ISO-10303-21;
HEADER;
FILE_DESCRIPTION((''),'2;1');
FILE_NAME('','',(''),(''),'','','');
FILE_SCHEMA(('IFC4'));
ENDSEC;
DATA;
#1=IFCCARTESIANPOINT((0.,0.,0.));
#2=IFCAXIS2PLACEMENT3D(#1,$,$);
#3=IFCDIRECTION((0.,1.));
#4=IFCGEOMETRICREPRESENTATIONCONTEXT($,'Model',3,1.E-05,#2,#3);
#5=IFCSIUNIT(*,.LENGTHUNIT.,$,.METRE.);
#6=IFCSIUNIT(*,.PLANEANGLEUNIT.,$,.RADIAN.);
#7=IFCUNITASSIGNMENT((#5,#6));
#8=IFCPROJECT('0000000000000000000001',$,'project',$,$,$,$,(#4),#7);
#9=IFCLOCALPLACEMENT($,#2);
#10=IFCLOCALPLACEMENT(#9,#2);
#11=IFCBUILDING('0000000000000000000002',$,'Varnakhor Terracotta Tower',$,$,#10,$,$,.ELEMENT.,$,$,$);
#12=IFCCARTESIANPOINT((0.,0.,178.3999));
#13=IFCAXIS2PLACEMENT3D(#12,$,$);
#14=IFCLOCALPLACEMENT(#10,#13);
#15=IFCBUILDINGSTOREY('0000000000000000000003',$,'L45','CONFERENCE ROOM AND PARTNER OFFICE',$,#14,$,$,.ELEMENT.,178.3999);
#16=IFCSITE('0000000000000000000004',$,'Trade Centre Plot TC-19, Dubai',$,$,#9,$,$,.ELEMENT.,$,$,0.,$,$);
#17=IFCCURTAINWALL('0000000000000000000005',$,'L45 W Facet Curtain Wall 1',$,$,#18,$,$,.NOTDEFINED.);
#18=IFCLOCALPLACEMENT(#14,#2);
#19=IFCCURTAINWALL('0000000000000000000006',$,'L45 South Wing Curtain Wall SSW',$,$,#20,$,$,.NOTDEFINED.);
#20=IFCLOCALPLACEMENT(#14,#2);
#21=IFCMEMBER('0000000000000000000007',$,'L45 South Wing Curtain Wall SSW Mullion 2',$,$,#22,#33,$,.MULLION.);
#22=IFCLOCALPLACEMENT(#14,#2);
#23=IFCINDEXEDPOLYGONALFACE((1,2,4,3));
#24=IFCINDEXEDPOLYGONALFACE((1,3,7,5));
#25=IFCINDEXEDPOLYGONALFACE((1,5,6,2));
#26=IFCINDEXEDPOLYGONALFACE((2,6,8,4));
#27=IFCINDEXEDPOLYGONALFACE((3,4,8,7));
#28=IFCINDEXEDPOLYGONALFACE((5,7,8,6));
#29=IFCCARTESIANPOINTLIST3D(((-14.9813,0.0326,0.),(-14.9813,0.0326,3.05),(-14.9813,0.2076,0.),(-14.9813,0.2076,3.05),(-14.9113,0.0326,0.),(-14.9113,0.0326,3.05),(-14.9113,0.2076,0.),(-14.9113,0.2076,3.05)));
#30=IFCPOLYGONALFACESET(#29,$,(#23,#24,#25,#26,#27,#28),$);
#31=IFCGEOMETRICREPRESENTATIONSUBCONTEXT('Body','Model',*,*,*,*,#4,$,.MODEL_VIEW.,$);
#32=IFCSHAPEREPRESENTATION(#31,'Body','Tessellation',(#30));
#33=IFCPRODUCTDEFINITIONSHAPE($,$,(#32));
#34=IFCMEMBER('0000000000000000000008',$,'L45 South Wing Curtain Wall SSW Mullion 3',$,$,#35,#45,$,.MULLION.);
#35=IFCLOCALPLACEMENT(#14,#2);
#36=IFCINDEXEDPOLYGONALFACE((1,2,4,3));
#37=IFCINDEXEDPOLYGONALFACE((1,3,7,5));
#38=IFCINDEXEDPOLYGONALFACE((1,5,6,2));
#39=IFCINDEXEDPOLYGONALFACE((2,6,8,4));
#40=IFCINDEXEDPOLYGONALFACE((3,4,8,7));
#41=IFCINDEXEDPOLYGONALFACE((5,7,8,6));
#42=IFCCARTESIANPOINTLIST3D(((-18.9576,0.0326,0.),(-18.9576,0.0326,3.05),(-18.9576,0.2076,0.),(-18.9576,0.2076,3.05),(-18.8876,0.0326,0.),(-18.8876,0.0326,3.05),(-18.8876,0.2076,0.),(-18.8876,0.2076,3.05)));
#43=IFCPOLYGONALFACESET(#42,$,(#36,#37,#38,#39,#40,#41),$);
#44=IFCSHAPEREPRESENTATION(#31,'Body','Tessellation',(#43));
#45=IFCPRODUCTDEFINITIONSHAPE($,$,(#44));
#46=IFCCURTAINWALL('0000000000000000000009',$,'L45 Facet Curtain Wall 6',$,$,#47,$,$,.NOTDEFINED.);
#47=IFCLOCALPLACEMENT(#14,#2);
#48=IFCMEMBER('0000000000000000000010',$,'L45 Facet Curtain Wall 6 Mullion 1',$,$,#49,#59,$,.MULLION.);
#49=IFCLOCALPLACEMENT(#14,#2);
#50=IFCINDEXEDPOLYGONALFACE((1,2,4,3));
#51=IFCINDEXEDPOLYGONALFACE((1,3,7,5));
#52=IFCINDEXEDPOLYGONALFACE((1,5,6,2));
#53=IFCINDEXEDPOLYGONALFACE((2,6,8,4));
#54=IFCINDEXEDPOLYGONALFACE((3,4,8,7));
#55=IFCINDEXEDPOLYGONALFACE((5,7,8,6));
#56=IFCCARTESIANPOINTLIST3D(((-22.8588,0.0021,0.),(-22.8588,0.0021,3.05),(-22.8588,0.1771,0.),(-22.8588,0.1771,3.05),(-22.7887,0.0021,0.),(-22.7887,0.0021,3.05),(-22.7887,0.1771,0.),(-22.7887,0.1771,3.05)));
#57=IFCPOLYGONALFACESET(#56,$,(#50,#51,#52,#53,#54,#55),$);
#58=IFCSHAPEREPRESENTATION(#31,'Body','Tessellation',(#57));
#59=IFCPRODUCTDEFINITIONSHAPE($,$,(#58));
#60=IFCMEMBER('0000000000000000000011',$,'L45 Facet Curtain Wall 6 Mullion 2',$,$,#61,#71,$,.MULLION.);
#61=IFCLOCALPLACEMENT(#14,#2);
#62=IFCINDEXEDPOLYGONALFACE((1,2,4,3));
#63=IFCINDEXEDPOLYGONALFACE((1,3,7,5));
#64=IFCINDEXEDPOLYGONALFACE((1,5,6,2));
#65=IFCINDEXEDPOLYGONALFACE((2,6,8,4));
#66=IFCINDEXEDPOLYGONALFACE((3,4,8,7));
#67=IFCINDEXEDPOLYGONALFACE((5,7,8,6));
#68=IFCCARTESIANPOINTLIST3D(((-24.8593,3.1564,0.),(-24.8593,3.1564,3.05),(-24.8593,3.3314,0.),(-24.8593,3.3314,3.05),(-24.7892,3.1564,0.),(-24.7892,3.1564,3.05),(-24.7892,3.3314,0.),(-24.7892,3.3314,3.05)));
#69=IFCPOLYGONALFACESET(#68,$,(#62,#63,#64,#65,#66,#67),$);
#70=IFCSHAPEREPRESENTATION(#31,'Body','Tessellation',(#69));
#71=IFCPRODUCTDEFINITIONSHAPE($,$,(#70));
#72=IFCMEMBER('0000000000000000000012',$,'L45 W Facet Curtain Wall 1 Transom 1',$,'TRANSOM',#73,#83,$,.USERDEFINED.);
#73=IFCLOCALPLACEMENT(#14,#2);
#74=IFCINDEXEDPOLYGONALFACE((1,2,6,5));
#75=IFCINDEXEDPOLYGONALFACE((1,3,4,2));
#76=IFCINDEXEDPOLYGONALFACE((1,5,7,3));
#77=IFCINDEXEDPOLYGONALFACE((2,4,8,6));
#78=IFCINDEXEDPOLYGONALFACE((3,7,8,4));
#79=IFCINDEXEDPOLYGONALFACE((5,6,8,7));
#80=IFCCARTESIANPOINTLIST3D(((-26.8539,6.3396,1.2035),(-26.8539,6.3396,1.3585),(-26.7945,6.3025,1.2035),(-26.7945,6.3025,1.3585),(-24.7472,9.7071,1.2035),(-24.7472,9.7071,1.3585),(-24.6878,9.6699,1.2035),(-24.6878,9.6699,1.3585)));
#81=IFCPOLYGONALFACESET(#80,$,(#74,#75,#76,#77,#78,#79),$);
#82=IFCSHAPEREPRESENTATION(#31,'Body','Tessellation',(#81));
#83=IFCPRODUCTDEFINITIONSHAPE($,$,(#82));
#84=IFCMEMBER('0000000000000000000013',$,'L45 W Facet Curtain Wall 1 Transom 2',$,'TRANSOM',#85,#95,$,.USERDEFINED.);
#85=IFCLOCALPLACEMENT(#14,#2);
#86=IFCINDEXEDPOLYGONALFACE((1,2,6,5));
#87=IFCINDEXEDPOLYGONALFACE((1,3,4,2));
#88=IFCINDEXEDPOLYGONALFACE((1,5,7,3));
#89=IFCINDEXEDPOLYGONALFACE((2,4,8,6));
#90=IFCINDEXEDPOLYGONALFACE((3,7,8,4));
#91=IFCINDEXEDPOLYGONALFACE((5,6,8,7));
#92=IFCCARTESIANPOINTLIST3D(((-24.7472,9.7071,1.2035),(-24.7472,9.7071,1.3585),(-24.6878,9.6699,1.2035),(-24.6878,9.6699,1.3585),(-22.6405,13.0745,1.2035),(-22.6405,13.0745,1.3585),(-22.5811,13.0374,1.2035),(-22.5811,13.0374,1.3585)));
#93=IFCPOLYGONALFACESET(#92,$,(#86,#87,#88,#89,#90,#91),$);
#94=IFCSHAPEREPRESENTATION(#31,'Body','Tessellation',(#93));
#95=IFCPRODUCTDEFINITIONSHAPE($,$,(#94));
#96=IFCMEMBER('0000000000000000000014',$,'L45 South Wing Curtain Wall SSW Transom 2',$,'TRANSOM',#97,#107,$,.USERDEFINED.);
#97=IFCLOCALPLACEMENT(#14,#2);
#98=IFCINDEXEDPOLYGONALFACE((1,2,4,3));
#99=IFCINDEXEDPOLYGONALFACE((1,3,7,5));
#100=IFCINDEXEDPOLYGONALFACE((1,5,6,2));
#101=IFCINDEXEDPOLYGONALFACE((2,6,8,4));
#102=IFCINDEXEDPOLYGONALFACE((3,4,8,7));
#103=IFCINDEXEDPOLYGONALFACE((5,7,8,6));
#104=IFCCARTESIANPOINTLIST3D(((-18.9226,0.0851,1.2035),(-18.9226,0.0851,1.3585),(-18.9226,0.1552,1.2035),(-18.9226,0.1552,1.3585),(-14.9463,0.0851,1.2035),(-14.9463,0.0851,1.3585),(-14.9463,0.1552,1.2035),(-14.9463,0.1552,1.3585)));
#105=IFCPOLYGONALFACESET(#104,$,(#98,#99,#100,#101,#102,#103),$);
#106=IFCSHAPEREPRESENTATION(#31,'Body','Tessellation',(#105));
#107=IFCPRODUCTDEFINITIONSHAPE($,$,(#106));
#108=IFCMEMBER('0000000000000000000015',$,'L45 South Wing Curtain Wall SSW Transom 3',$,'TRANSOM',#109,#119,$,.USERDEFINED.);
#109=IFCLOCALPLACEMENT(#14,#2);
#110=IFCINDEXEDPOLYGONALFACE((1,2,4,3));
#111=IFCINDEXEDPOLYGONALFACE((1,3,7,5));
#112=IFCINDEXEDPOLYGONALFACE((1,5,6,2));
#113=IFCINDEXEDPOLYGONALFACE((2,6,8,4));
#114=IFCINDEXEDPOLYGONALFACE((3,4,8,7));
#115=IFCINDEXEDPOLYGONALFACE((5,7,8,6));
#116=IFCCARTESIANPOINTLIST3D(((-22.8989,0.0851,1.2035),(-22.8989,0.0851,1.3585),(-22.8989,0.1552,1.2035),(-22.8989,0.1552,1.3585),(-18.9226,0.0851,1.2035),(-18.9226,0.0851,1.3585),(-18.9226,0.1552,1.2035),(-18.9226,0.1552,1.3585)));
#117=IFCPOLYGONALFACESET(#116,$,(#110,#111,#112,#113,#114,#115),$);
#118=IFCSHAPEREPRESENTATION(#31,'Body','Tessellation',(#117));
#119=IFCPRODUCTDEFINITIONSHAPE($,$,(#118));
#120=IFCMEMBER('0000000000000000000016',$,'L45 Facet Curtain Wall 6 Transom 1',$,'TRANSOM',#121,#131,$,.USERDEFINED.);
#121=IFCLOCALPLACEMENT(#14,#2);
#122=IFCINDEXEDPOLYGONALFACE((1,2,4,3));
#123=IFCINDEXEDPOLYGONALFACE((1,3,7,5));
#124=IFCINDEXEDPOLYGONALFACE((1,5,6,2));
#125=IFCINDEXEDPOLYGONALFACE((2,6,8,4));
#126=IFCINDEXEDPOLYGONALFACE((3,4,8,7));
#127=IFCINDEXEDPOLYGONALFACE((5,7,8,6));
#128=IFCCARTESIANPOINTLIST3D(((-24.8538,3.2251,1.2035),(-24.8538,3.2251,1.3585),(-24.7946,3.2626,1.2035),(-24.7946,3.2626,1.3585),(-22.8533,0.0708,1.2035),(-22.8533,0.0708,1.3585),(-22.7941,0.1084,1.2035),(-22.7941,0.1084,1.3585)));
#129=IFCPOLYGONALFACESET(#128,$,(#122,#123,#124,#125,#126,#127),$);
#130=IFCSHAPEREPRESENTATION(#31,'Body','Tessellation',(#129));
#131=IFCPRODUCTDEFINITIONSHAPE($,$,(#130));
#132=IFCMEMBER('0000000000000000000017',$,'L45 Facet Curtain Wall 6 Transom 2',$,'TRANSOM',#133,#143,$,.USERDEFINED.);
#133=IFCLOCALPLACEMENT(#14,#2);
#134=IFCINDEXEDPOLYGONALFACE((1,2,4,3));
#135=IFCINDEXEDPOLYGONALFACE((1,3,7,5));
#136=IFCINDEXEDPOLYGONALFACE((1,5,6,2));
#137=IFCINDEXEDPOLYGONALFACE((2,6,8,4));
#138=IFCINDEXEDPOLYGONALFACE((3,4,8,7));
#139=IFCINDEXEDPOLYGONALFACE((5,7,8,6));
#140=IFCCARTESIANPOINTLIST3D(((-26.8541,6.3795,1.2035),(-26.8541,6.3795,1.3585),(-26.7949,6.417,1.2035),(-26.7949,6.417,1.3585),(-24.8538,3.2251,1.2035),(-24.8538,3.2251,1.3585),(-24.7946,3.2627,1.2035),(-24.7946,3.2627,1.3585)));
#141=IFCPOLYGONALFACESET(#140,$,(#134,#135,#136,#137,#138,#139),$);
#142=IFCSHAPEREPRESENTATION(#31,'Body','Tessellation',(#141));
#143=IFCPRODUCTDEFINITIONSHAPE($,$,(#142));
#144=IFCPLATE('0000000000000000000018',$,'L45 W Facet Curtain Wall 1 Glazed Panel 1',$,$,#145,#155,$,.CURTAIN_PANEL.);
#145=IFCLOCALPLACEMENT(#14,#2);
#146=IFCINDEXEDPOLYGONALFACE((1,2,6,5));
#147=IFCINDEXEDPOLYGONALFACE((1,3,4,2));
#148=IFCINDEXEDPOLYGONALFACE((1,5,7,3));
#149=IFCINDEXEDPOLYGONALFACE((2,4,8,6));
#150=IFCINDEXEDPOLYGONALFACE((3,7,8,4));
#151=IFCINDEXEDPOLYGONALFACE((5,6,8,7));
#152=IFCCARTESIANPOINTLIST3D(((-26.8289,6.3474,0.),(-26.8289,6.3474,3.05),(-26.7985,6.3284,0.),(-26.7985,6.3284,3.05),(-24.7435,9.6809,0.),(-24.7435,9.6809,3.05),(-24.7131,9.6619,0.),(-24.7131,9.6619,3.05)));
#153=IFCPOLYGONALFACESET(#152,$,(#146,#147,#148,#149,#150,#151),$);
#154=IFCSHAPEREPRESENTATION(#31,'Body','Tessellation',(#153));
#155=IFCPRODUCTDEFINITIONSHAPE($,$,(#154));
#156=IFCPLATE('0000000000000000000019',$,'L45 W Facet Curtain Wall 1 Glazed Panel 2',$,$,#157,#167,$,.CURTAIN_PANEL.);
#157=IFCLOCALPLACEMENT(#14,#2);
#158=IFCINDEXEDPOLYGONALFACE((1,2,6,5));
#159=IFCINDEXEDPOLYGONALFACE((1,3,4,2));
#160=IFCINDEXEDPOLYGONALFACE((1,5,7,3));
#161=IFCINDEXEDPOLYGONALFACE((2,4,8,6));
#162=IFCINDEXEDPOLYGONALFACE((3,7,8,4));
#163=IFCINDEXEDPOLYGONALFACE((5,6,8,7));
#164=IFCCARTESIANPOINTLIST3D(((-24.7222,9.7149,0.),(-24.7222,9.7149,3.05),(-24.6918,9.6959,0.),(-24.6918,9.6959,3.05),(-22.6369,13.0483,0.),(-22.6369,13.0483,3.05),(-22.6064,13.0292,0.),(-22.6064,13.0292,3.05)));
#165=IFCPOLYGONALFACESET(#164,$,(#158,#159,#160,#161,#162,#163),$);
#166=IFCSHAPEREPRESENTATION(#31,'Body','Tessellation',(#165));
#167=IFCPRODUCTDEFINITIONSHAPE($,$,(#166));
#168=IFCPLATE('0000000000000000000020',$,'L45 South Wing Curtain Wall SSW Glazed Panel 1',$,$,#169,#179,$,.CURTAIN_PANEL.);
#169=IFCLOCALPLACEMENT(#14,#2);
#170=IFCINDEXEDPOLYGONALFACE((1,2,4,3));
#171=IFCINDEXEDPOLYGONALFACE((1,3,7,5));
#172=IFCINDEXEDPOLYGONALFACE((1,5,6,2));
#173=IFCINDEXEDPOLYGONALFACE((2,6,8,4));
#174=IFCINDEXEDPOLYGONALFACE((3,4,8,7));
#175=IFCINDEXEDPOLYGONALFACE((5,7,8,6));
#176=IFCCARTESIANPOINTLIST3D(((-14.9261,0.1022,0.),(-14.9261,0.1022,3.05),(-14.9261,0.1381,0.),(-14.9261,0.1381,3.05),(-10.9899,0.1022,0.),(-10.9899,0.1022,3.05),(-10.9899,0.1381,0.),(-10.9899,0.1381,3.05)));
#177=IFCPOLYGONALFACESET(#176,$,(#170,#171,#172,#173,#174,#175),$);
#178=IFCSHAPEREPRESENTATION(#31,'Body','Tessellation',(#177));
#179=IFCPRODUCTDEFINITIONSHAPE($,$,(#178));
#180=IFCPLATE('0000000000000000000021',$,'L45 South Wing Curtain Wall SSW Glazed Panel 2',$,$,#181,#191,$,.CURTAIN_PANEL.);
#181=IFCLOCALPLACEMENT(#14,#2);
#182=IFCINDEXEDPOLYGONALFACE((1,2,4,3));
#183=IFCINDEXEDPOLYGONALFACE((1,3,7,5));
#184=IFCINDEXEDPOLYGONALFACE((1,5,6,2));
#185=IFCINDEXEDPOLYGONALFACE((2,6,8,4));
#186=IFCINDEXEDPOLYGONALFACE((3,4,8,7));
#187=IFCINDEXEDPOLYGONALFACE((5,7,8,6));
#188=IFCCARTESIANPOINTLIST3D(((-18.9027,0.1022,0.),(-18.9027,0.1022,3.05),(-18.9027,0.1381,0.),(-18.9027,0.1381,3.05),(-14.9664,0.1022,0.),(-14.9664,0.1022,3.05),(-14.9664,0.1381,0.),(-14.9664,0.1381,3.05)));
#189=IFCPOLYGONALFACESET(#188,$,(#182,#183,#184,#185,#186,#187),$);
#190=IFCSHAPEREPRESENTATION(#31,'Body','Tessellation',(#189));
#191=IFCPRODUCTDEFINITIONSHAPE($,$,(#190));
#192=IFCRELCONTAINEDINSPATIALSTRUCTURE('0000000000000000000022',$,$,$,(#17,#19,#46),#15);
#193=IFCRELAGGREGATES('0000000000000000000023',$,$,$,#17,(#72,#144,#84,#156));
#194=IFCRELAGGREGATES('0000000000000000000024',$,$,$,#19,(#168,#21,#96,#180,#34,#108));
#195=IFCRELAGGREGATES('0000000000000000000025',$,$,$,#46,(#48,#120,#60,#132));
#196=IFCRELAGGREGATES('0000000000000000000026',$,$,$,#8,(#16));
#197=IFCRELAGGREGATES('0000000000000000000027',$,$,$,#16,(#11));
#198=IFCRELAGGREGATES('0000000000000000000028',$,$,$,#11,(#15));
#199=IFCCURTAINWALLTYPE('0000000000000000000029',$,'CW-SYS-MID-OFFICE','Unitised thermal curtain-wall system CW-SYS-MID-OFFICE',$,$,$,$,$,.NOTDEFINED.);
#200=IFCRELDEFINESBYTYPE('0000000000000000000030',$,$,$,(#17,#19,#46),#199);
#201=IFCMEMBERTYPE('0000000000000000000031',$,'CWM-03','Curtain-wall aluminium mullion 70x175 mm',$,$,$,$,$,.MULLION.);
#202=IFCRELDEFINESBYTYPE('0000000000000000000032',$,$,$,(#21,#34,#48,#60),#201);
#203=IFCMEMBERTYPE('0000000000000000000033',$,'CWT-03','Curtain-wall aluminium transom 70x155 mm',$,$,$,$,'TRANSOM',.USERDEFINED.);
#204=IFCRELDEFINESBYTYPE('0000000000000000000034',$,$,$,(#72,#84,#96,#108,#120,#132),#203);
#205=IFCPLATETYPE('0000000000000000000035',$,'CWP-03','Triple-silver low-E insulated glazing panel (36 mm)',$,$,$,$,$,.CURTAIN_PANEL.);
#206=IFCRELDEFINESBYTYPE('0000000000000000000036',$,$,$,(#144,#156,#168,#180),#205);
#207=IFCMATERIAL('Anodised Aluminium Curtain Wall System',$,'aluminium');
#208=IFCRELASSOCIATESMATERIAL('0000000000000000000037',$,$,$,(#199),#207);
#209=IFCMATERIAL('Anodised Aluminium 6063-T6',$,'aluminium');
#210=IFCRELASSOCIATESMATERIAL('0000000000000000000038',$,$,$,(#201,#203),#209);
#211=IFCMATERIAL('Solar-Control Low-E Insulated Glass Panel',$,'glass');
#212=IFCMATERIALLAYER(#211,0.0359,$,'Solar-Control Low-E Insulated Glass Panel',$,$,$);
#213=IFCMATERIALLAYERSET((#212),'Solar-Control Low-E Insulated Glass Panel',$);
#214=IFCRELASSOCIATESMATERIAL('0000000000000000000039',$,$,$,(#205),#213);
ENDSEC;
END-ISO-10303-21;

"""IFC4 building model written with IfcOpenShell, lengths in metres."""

from ifc_helpers import new_model, si_unit, direction, frame, origin, origin_2d, place, context, subcontext, project, spatial, rectangle, extrude, source, transform, mapped, material, layer, layer_set, material_profile, profile_set, type_object, element, aggregate, save


model = new_model("IFC4")

# Units and contexts
model_context = context("Model", 3, precision=1e-05, world=origin(), true_north=direction((0.0, 1.0)))
body_context = subcontext(model_context, "Body", "Model", "MODEL_VIEW")
ifc_project = project(units=[si_unit("LENGTHUNIT", "METRE"), si_unit("PLANEANGLEUNIT", "RADIAN")], contexts=[model_context])

# Site, building, storey
site_placement = place(None, origin())
site = spatial("IfcSite", under=ifc_project, at=site_placement, Name="Trade Centre Plot TC-19, Dubai", CompositionType="ELEMENT", RefElevation=0.0)
building_placement = place(site_placement, origin())
building = spatial("IfcBuilding", under=site, at=building_placement, Name="Varnakhor Terracotta Tower", CompositionType="ELEMENT")
storey_placement = place(building_placement, frame((0.0, 0.0, 178.3999)))
storey = spatial("IfcBuildingStorey", under=building, at=storey_placement, Name="L45", Description="CONFERENCE ROOM AND PARTNER OFFICE", CompositionType="ELEMENT", Elevation=178.3999)

# Curtain walls, members
ifc_material_1 = material(Name="Anodised Aluminium Curtain Wall System", Category="aluminium")
curtain_wall_type = type_object("IfcCurtainWallType", Name="CW-SYS-MID-OFFICE", Description="Unitised thermal curtain-wall system CW-SYS-MID-OFFICE", PredefinedType="NOTDEFINED", material=ifc_material_1)
curtain_wall_1_placement = place(storey_placement, origin())
curtain_wall_1 = element("IfcCurtainWall", 1, at=curtain_wall_1_placement, inside=storey, type_object=curtain_wall_type, Name="L45 W Facet Curtain Wall 1", PredefinedType="NOTDEFINED")
ifc_material_2 = material(Name="Anodised Aluminium 6063-T6", Category="aluminium")
ifc_material_profile_1 = material_profile(ifc_material_2, rectangle(XDim=0.0701, YDim=0.175, at=origin_2d()), Name="ALU MULLION 70x175")
ifc_profile_set_1 = profile_set([ifc_material_profile_1], Name="Anodised Aluminium 6063-T6")
member_type_1 = type_object("IfcMemberType", Name="CWM-03", Description="Curtain-wall aluminium mullion 70x175 mm", PredefinedType="MULLION", material=ifc_profile_set_1)
shared_shape_1 = source(origin(), body_context, "Body", "SweptSolid", [
    extrude(rectangle(XDim=0.0701, YDim=0.175, at=origin_2d()), origin(), (0.0, 0.0, 1.0), 3.05),
])
curtain_wall_2_placement = place(storey_placement, origin())
curtain_wall_2 = element("IfcCurtainWall", 2, at=curtain_wall_2_placement, inside=storey, type_object=curtain_wall_type, Name="L45 South Wing Curtain Wall SSW", PredefinedType="NOTDEFINED")
member_1_placement = place(storey_placement, frame((-14.9463, 0.1201, 0.0), z_axis=(0.0, 0.0, 1.0), x_axis=(1.0, 0.0, 0.0)))
member_1 = element("IfcMember", 3, at=member_1_placement, type_object=member_type_1, Name="L45 South Wing Curtain Wall SSW Mullion 2", PredefinedType="MULLION", context=body_context, shape_type="MappedRepresentation", body=[
    mapped(shared_shape_1, transform((0.0, 0.0, 0.0), scale=1.0)),
])
member_2_placement = place(storey_placement, frame((-18.9226, 0.1201, 0.0), z_axis=(0.0, 0.0, 1.0), x_axis=(1.0, 0.0, 0.0)))
member_2 = element("IfcMember", 4, at=member_2_placement, type_object=member_type_1, Name="L45 South Wing Curtain Wall SSW Mullion 3", PredefinedType="MULLION", context=body_context, shape_type="MappedRepresentation", body=[
    mapped(shared_shape_1, transform((0.0, 0.0, 0.0), scale=1.0)),
])
curtain_wall_3_placement = place(storey_placement, origin())
curtain_wall_3 = element("IfcCurtainWall", 5, at=curtain_wall_3_placement, inside=storey, type_object=curtain_wall_type, Name="L45 Facet Curtain Wall 6", PredefinedType="NOTDEFINED")
member_3_placement = place(storey_placement, frame((-22.8237, 0.0896, 0.0), z_axis=(0.0, 0.0, 1.0), x_axis=(1.0, 0.0, 0.0)))
member_3 = element("IfcMember", 6, at=member_3_placement, type_object=member_type_1, Name="L45 Facet Curtain Wall 6 Mullion 1", PredefinedType="MULLION", context=body_context, shape_type="MappedRepresentation", body=[
    mapped(shared_shape_1, transform((0.0, 0.0, 0.0), scale=1.0)),
])
member_4_placement = place(storey_placement, frame((-24.8242, 3.2439, 0.0), z_axis=(0.0, 0.0, 1.0), x_axis=(1.0, 0.0, 0.0)))
member_4 = element("IfcMember", 7, at=member_4_placement, type_object=member_type_1, Name="L45 Facet Curtain Wall 6 Mullion 2", PredefinedType="MULLION", context=body_context, shape_type="MappedRepresentation", body=[
    mapped(shared_shape_1, transform((0.0, 0.0, 0.0), scale=1.0)),
])

# Members
ifc_material_profile_2 = material_profile(ifc_material_2, rectangle(XDim=0.0701, YDim=0.155, at=origin_2d()), Name="ALU TRANSOM 70x155")
ifc_profile_set_2 = profile_set([ifc_material_profile_2], Name="Anodised Aluminium 6063-T6")
member_type_2 = type_object("IfcMemberType", Name="CWT-03", Description="Curtain-wall aluminium transom 70x155 mm", ElementType="TRANSOM", PredefinedType="USERDEFINED", material=ifc_profile_set_2)
shared_shape_2 = source(origin(), body_context, "Body", "SweptSolid", [
    extrude(rectangle(XDim=0.0701, YDim=0.155, at=origin_2d()), origin(), (0.0, 0.0, 1.0), 3.9722),
])
member_5_placement = place(storey_placement, frame((-26.8242, 6.321, 1.281), z_axis=(0.530369, 0.847767, 0.0), x_axis=(-0.847767, 0.530369, 0.0)))
member_5 = element("IfcMember", 8, at=member_5_placement, type_object=member_type_2, Name="L45 W Facet Curtain Wall 1 Transom 1", ObjectType="TRANSOM", PredefinedType="USERDEFINED", context=body_context, shape_type="MappedRepresentation", body=[
    mapped(shared_shape_2, transform((0.0, 0.0, 0.0), scale=1.0)),
])
member_6_placement = place(storey_placement, frame((-24.7175, 9.6885, 1.281), z_axis=(0.530369, 0.847767, 0.0), x_axis=(-0.847767, 0.530369, 0.0)))
member_6 = element("IfcMember", 9, at=member_6_placement, type_object=member_type_2, Name="L45 W Facet Curtain Wall 1 Transom 2", ObjectType="TRANSOM", PredefinedType="USERDEFINED", context=body_context, shape_type="MappedRepresentation", body=[
    mapped(shared_shape_2, transform((0.0, 0.0, 0.0), scale=1.0)),
])
shared_shape_3 = source(origin(), body_context, "Body", "SweptSolid", [
    extrude(rectangle(XDim=0.0701, YDim=0.155, at=origin_2d()), origin(), (0.0, 0.0, 1.0), 3.9763),
])
member_7_placement = place(storey_placement, frame((-14.9463, 0.1201, 1.281), z_axis=(-1.0, 0.0, 0.0), x_axis=(0.0, -1.0, 0.0)))
member_7 = element("IfcMember", 10, at=member_7_placement, type_object=member_type_2, Name="L45 South Wing Curtain Wall SSW Transom 2", ObjectType="TRANSOM", PredefinedType="USERDEFINED", context=body_context, shape_type="MappedRepresentation", body=[
    mapped(shared_shape_3, transform((0.0, 0.0, 0.0), scale=1.0)),
])
member_8_placement = place(storey_placement, frame((-18.9226, 0.1201, 1.281), z_axis=(-1.0, 0.0, 0.0), x_axis=(0.0, -1.0, 0.0)))
member_8 = element("IfcMember", 11, at=member_8_placement, type_object=member_type_2, Name="L45 South Wing Curtain Wall SSW Transom 3", ObjectType="TRANSOM", PredefinedType="USERDEFINED", context=body_context, shape_type="MappedRepresentation", body=[
    mapped(shared_shape_3, transform((0.0, 0.0, 0.0), scale=1.0)),
])
shared_shape_4 = source(origin(), body_context, "Body", "SweptSolid", [
    extrude(rectangle(XDim=0.0701, YDim=0.155, at=origin_2d()), origin(), (0.0, 0.0, 1.0), 3.7351),
])
member_9_placement = place(storey_placement, frame((-22.8237, 0.0896, 1.281), z_axis=(-0.535581, 0.844484, 0.0), x_axis=(-0.844484, -0.535581, 0.0)))
member_9 = element("IfcMember", 12, at=member_9_placement, type_object=member_type_2, Name="L45 Facet Curtain Wall 6 Transom 1", ObjectType="TRANSOM", PredefinedType="USERDEFINED", context=body_context, shape_type="MappedRepresentation", body=[
    mapped(shared_shape_4, transform((0.0, 0.0, 0.0), scale=1.0)),
])
member_10_placement = place(storey_placement, frame((-24.8242, 3.2439, 1.281), z_axis=(-0.535534, 0.844514, 0.0), x_axis=(-0.844514, -0.535534, 0.0)))
member_10 = element("IfcMember", 13, at=member_10_placement, type_object=member_type_2, Name="L45 Facet Curtain Wall 6 Transom 2", ObjectType="TRANSOM", PredefinedType="USERDEFINED", context=body_context, shape_type="MappedRepresentation", body=[
    mapped(shared_shape_4, transform((0.0, 0.0, 0.0), scale=1.0)),
])

# Plates
ifc_material_3 = material(Name="Solar-Control Low-E Insulated Glass Panel", Category="glass")
ifc_layer_1 = layer(ifc_material_3, 0.0359, Name="Solar-Control Low-E Insulated Glass Panel")
ifc_layer_set_1 = layer_set([ifc_layer_1], Name="Solar-Control Low-E Insulated Glass Panel")
plate_type = type_object("IfcPlateType", Name="CWP-03", Description="Triple-silver low-E insulated glazing panel (36 mm)", PredefinedType="CURTAIN_PANEL", material=ifc_layer_set_1)
shared_shape_5 = source(origin(), body_context, "Body", "SweptSolid", [
    extrude(rectangle(XDim=3.9321, YDim=0.0359, at=origin_2d()), origin(), (0.0, 0.0, 1.0), 3.05),
])
plate_1_placement = place(storey_placement, frame((-25.771, 8.0046, 0.0), z_axis=(0.0, 0.0, 1.0), x_axis=(0.530363, 0.847771, 0.0)))
plate_1 = element("IfcPlate", 14, at=plate_1_placement, type_object=plate_type, Name="L45 W Facet Curtain Wall 1 Glazed Panel 1", PredefinedType="CURTAIN_PANEL", context=body_context, shape_type="MappedRepresentation", body=[
    mapped(shared_shape_5, transform((0.0, 0.0, 0.0), scale=1.0)),
])
shared_shape_6 = source(origin(), body_context, "Body", "SweptSolid", [
    extrude(rectangle(XDim=3.9319, YDim=0.0359, at=origin_2d()), origin(), (0.0, 0.0, 1.0), 3.05),
])
plate_2_placement = place(storey_placement, frame((-23.6643, 11.3721, 0.0), z_axis=(0.0, 0.0, 1.0), x_axis=(0.530363, 0.847771, 0.0)))
plate_2 = element("IfcPlate", 15, at=plate_2_placement, type_object=plate_type, Name="L45 W Facet Curtain Wall 1 Glazed Panel 2", PredefinedType="CURTAIN_PANEL", context=body_context, shape_type="MappedRepresentation", body=[
    mapped(shared_shape_6, transform((0.0, 0.0, 0.0), scale=1.0)),
])
aggregate(curtain_wall_1, [member_5, plate_1, member_6, plate_2])
shared_shape_7 = source(origin(), body_context, "Body", "SweptSolid", [
    extrude(rectangle(XDim=3.9363, YDim=0.0359, at=origin_2d()), origin(), (0.0, 0.0, 1.0), 3.05),
])
plate_3_placement = place(storey_placement, frame((-12.958, 0.1201, 0.0), z_axis=(0.0, 0.0, 1.0), x_axis=(-1.0, 0.0, 0.0)))
plate_3 = element("IfcPlate", 16, at=plate_3_placement, type_object=plate_type, Name="L45 South Wing Curtain Wall SSW Glazed Panel 1", PredefinedType="CURTAIN_PANEL", context=body_context, shape_type="MappedRepresentation", body=[
    mapped(shared_shape_7, transform((0.0, 0.0, 0.0), scale=1.0)),
])
plate_4_placement = place(storey_placement, frame((-16.9346, 0.1201, 0.0), z_axis=(0.0, 0.0, 1.0), x_axis=(-1.0, 0.0, 0.0)))
plate_4 = element("IfcPlate", 17, at=plate_4_placement, type_object=plate_type, Name="L45 South Wing Curtain Wall SSW Glazed Panel 2", PredefinedType="CURTAIN_PANEL", context=body_context, shape_type="MappedRepresentation", body=[
    mapped(shared_shape_7, transform((0.0, 0.0, 0.0), scale=1.0)),
])
aggregate(curtain_wall_2, [plate_3, member_1, member_7, plate_4, member_2, member_8])
aggregate(curtain_wall_3, [member_3, member_9, member_4, member_10])

save(model, "model.ifc")
